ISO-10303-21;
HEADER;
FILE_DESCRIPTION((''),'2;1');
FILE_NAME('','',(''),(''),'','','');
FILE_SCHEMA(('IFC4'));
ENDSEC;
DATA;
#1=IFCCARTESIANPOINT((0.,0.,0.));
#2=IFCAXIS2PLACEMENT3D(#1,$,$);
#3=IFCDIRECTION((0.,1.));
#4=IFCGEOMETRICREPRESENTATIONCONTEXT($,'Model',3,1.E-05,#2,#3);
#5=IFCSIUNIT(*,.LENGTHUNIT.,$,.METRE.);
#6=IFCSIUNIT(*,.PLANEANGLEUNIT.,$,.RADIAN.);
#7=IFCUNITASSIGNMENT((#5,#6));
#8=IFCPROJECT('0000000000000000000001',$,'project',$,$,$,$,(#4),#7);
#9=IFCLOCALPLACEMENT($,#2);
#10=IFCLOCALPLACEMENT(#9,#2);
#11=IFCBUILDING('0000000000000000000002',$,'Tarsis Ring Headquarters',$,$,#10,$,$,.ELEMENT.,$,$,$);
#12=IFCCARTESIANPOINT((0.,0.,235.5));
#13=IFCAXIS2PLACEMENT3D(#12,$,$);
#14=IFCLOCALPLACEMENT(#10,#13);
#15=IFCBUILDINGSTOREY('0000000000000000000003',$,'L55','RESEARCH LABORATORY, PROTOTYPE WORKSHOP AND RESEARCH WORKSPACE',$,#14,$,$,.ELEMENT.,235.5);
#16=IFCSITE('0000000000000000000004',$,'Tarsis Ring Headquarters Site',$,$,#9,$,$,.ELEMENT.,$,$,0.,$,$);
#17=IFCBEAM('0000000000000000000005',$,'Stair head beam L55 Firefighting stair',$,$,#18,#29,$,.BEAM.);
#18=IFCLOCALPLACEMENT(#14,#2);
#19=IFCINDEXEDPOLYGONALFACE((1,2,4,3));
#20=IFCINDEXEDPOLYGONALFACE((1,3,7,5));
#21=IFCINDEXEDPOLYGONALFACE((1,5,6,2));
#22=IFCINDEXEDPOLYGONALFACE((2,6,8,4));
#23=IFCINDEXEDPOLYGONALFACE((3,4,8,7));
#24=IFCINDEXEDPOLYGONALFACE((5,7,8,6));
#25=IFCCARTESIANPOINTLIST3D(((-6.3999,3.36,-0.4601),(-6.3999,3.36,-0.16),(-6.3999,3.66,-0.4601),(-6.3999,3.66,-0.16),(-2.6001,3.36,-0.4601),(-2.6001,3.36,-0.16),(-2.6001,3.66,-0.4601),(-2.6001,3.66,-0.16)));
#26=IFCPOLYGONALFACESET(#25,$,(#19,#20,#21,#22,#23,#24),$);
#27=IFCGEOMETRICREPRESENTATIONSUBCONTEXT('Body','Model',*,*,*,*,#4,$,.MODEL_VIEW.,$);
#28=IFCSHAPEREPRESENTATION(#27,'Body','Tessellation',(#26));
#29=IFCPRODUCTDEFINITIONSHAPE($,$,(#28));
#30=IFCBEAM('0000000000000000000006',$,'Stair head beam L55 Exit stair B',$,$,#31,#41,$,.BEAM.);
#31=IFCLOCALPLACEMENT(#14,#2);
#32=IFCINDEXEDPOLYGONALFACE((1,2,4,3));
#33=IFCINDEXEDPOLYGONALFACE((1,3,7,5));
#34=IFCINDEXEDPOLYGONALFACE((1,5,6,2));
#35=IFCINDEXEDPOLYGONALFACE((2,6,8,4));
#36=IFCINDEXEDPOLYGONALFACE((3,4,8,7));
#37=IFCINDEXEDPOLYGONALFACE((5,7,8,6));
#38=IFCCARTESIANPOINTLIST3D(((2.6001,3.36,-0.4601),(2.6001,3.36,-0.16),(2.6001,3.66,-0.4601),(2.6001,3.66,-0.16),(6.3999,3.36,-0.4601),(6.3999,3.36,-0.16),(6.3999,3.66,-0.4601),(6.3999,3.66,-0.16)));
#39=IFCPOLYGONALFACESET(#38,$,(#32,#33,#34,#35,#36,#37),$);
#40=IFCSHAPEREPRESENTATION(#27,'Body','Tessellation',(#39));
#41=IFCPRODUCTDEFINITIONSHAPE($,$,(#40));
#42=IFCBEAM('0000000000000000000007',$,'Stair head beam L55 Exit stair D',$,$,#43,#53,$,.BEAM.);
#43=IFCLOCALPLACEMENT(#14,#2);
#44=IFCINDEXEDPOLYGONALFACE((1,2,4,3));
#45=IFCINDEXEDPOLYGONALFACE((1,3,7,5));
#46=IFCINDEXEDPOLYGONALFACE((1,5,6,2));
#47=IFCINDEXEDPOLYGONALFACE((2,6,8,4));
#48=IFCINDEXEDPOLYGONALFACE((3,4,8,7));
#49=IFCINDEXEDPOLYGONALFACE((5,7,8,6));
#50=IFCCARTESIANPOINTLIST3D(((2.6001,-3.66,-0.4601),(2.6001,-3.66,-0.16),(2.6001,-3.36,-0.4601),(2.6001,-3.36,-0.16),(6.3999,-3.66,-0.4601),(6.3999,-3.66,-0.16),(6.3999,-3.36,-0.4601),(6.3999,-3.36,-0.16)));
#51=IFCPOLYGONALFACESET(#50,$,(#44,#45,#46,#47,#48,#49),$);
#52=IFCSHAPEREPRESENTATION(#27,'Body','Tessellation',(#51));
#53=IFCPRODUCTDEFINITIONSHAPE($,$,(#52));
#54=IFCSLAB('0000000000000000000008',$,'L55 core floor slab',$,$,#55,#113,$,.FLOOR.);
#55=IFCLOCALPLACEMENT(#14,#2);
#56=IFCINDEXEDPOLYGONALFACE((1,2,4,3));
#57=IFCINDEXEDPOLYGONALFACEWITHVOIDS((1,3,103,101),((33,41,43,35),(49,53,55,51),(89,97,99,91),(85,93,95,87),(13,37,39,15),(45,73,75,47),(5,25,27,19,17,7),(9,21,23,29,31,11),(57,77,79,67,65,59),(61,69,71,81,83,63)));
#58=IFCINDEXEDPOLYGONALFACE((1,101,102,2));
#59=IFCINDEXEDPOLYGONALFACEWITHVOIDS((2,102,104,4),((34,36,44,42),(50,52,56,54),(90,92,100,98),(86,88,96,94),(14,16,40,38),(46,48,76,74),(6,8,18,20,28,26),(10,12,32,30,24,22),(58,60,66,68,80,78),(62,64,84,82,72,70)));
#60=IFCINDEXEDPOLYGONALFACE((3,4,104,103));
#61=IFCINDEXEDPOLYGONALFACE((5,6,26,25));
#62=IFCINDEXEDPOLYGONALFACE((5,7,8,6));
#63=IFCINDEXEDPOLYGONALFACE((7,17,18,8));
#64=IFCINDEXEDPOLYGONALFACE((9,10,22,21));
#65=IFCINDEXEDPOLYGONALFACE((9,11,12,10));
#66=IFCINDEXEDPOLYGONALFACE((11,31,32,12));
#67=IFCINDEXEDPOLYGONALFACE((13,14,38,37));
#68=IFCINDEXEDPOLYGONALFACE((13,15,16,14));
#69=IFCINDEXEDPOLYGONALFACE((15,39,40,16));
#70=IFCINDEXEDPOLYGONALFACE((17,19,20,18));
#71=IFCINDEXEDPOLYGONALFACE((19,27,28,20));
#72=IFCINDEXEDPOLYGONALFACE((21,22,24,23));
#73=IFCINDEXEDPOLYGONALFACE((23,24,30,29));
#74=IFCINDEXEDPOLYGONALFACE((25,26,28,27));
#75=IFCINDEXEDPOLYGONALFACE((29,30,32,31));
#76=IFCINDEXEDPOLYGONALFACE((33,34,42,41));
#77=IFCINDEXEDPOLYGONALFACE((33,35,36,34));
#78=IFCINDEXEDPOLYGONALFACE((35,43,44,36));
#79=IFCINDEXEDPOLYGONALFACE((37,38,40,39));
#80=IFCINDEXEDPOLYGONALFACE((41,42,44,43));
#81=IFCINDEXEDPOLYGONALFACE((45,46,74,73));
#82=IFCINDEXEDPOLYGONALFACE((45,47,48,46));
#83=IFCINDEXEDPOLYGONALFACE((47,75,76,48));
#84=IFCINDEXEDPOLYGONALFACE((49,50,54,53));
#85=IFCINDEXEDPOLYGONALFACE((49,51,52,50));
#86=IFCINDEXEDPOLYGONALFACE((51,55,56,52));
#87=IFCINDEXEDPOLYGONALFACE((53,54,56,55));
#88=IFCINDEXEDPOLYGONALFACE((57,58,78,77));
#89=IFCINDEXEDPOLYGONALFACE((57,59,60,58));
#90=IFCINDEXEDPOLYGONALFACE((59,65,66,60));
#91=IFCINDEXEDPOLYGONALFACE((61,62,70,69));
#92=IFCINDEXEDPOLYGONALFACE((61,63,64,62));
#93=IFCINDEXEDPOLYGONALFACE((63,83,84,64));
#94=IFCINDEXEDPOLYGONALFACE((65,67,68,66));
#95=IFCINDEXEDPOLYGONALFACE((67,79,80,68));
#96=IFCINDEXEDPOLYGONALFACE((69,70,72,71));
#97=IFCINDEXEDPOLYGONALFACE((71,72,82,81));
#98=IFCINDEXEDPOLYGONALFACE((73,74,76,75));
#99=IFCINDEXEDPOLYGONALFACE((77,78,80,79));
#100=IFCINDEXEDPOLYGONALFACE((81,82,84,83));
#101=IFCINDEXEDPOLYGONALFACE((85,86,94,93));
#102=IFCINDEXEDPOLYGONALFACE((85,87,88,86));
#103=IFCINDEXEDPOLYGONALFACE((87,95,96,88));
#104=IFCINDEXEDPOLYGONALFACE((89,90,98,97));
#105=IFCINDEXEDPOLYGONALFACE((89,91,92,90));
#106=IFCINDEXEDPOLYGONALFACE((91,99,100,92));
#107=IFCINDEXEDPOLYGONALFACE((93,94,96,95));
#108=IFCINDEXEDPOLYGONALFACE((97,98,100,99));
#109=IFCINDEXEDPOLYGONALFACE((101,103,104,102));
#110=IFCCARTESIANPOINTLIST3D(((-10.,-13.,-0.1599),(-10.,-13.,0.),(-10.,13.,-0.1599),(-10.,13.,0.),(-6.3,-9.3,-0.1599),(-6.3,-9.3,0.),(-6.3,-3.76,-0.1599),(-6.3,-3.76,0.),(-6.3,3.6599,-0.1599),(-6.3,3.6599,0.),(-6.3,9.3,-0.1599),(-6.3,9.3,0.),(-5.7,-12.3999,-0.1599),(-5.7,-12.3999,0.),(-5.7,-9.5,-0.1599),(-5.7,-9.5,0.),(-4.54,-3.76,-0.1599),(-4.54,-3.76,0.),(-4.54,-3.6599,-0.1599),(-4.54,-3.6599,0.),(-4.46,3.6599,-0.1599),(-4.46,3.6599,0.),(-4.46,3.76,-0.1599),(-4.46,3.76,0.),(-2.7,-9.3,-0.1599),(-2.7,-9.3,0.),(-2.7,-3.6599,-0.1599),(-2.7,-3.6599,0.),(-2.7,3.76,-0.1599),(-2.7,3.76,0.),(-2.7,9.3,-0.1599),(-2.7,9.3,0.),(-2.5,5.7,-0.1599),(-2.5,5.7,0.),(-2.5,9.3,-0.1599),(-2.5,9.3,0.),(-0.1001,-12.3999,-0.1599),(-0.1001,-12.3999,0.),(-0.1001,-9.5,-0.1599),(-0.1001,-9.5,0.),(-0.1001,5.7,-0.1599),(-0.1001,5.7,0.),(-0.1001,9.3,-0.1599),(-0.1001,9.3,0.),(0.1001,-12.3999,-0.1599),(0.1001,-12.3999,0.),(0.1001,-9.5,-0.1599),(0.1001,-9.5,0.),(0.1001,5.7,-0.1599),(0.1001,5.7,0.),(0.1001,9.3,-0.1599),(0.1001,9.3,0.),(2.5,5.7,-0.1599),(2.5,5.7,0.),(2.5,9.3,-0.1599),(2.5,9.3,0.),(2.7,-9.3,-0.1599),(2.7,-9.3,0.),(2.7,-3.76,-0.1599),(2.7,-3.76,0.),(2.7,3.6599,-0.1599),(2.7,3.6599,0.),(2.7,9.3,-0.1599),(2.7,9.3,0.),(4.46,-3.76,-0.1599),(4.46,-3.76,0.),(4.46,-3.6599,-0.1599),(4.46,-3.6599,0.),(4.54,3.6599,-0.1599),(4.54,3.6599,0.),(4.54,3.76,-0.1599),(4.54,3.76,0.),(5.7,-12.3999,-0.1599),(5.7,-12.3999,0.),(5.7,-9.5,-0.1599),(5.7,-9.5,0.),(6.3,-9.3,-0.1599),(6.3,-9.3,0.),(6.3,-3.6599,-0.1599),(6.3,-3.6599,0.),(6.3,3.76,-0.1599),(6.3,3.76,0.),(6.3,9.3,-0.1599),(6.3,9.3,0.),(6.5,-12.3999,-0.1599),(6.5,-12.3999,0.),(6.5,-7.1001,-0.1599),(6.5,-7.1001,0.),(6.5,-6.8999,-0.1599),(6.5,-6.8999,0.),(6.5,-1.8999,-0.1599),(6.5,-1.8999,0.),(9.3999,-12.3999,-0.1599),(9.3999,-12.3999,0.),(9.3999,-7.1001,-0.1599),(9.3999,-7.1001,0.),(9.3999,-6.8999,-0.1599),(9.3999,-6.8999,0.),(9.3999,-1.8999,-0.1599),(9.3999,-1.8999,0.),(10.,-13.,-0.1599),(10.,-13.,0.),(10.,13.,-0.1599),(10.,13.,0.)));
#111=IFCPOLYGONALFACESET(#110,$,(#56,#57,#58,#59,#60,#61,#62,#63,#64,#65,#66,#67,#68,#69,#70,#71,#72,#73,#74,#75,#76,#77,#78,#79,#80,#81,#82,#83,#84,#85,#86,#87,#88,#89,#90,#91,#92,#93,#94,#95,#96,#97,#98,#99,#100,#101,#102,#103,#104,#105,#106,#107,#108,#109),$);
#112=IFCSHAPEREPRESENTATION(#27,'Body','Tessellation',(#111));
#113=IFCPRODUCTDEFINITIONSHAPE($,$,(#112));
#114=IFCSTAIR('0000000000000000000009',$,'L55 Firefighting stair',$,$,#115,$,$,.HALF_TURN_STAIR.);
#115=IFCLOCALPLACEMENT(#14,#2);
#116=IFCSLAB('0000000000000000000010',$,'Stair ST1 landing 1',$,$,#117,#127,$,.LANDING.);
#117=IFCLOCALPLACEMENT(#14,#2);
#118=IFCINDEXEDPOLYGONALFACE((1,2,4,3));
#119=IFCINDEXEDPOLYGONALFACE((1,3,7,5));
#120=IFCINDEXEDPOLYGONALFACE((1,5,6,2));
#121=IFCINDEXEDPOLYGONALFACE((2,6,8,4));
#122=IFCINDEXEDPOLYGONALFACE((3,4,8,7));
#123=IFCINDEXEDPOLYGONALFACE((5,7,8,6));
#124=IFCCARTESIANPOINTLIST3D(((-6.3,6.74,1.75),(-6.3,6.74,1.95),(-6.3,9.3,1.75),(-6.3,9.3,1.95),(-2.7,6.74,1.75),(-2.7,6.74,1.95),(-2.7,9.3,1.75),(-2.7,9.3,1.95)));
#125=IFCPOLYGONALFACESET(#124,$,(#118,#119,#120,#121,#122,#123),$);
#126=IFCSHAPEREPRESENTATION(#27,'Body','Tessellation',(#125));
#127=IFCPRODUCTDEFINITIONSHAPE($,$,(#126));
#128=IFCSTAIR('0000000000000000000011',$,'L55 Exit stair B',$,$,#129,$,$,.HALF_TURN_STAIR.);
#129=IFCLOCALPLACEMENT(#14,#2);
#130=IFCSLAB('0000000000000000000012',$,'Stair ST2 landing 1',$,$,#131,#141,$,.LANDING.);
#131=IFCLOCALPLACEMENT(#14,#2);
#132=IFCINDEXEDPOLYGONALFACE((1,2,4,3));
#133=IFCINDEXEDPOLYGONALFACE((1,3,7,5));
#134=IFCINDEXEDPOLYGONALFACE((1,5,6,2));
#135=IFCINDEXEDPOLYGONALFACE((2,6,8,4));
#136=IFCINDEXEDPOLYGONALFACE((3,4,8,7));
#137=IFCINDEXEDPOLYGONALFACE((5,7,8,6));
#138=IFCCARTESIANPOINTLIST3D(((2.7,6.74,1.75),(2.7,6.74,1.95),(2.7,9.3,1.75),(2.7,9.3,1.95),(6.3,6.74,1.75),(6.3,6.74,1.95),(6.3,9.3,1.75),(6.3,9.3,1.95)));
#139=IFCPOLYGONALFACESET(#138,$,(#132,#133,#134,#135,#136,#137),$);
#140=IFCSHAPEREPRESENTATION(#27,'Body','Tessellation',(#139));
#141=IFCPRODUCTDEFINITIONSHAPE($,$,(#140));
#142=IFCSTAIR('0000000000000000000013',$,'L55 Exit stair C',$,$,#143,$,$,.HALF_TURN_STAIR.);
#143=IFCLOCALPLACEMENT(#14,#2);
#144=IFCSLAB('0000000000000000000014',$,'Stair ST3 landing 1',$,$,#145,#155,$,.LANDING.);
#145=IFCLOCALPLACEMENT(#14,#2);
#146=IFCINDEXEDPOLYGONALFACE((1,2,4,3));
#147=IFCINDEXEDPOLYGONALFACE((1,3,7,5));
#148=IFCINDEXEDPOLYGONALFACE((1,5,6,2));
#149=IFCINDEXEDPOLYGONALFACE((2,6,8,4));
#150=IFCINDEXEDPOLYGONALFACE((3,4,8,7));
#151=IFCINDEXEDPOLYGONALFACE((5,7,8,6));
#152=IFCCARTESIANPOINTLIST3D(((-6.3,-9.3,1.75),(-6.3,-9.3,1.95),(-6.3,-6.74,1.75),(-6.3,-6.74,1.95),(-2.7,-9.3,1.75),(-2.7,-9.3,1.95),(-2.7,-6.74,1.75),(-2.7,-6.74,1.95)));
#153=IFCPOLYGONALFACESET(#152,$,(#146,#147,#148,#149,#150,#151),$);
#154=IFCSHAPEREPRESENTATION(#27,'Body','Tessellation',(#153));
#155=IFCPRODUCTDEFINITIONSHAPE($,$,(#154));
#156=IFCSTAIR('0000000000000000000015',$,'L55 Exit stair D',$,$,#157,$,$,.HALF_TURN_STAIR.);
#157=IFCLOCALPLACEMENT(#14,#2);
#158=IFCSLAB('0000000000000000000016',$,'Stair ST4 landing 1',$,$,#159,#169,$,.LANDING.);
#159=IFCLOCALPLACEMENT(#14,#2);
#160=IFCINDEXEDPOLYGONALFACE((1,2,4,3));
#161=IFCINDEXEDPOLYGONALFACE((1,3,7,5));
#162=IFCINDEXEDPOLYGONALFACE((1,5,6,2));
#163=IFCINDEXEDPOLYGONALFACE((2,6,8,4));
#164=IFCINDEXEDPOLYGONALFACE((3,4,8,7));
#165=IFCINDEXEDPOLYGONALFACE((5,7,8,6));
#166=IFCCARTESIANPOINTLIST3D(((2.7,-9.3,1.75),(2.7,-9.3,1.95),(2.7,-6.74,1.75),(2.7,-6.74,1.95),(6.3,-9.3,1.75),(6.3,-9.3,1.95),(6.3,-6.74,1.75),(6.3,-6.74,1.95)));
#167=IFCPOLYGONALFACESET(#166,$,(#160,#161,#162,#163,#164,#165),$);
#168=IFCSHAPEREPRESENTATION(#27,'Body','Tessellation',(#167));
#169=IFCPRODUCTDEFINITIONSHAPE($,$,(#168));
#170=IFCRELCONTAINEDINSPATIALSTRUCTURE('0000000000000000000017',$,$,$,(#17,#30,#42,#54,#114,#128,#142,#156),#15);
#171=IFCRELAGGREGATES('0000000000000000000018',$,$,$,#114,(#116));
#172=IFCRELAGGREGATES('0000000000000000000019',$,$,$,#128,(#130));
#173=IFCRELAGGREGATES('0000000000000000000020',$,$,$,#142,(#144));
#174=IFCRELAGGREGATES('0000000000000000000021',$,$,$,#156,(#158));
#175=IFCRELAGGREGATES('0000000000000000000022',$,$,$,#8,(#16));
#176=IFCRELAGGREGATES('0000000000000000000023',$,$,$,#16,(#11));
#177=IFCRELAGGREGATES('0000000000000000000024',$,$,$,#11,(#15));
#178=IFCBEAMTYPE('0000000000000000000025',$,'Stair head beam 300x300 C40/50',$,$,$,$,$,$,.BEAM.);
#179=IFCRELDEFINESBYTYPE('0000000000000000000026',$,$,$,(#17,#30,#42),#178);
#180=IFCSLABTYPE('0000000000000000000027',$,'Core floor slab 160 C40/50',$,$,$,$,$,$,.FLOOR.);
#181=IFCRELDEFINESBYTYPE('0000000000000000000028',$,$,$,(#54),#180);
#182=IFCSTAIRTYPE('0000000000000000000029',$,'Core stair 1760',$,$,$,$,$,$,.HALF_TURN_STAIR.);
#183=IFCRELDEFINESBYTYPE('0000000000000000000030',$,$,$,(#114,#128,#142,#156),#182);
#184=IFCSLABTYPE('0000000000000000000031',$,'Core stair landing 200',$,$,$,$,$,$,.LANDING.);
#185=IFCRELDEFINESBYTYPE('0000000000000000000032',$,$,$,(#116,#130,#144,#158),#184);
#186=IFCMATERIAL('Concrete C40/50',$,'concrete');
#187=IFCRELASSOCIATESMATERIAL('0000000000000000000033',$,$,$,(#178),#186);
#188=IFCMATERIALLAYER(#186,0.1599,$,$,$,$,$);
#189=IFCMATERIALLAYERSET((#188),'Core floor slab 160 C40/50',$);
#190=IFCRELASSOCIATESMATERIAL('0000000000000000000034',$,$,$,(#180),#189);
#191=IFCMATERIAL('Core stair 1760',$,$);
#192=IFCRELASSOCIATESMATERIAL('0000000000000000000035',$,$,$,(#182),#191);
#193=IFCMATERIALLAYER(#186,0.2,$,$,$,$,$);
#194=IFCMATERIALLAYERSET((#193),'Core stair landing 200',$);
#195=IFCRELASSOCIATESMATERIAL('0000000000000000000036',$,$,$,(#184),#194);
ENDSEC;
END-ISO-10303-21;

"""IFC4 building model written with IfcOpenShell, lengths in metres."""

from ifc_helpers import new_model, si_unit, direction, frame, origin, origin_2d, place, context, subcontext, project, spatial, polyline, rectangle, outline, extrude, material, layer, layer_set, material_profile, profile_set, type_object, element, aggregate, save


model = new_model("IFC4")

# Units and contexts
model_context = context("Model", 3, precision=1e-05, world=origin(), true_north=direction((0.0, 1.0)))
body_context = subcontext(model_context, "Body", "Model", "MODEL_VIEW")
ifc_project = project(units=[si_unit("LENGTHUNIT", "METRE"), si_unit("PLANEANGLEUNIT", "RADIAN")], contexts=[model_context])

# Site, building, storey
site_placement = place(None, origin())
site = spatial("IfcSite", under=ifc_project, at=site_placement, Name="Tarsis Ring Headquarters Site", CompositionType="ELEMENT", RefElevation=0.0)
building_placement = place(site_placement, origin())
building = spatial("IfcBuilding", under=site, at=building_placement, Name="Tarsis Ring Headquarters", CompositionType="ELEMENT")
storey_placement = place(building_placement, frame((0.0, 0.0, 235.5)))
storey = spatial("IfcBuildingStorey", under=building, at=storey_placement, Name="L55", Description="RESEARCH LABORATORY, PROTOTYPE WORKSHOP AND RESEARCH WORKSPACE", CompositionType="ELEMENT", Elevation=235.5)

# Beams
ifc_material_1 = material(Name="Concrete C40/50", Category="concrete")
ifc_material_profile = material_profile(ifc_material_1, rectangle(XDim=0.3, YDim=0.3, at=origin_2d()), Name="Stair head beam 300x300 C40/50")
ifc_profile_set = profile_set([ifc_material_profile], Name="Concrete C40/50")
beam_type = type_object("IfcBeamType", Name="Stair head beam 300x300 C40/50", PredefinedType="BEAM", material=ifc_profile_set)
for number, where, z_axis, x_axis, name in (
    (1, (-6.3999, 3.51, -0.3101), (1.0, 0.0, 0.0), (0.0, 1.0, 0.0), "Stair head beam L55 Firefighting stair"),
    (2, (2.6001, 3.51, -0.3101), (1.0, 0.0, 0.0), (0.0, 1.0, 0.0), "Stair head beam L55 Exit stair B"),
    (3, (2.6001, -3.51, -0.3101), (1.0, 0.0, 0.0), (0.0, 1.0, 0.0), "Stair head beam L55 Exit stair D"),
):
    element("IfcBeam", number, at=place(storey_placement, frame(where, z_axis=z_axis, x_axis=x_axis)), inside=storey, type_object=beam_type, Name=name, PredefinedType="BEAM", context=body_context, shape_type="SweptSolid", body=[
        extrude(rectangle(XDim=0.3, YDim=0.3, at=origin_2d()), origin(), (0.0, 0.0, 1.0), 3.7998),
    ])

# Slab
ifc_layer_1 = layer(ifc_material_1, 0.1599)
ifc_layer_set_1 = layer_set([ifc_layer_1], Name="Core floor slab 160 C40/50")
slab_type_1 = type_object("IfcSlabType", Name="Core floor slab 160 C40/50", PredefinedType="FLOOR", material=ifc_layer_set_1)
slab_1_placement = place(storey_placement, frame((0.0, 0.0, -0.1599)))
element("IfcSlab", 4, at=slab_1_placement, inside=storey, type_object=slab_type_1, Name="L55 core floor slab", PredefinedType="FLOOR", context=body_context, shape_type="SweptSolid", body=[
    extrude(outline(polyline([(-10.0, -13.0), (10.0, -13.0), (10.0, 13.0), (-10.0, 13.0), (-10.0, -13.0)]), holes=[polyline([(-2.5, 5.7), (-0.1001, 5.7), (-0.1001, 9.3), (-2.5, 9.3), (-2.5, 5.7)]), polyline([(0.1001, 5.7), (2.5, 5.7), (2.5, 9.3), (0.1001, 9.3), (0.1001, 5.7)]), polyline([(6.5, -12.3999), (9.3999, -12.3999), (9.3999, -7.1001), (6.5, -7.1001), (6.5, -12.3999)]), polyline([(6.5, -6.8999), (9.3999, -6.8999), (9.3999, -1.8999), (6.5, -1.8999), (6.5, -6.8999)]), polyline([(-5.7, -12.3999), (-0.1001, -12.3999), (-0.1001, -9.5), (-5.7, -9.5), (-5.7, -12.3999)]), polyline([(0.1001, -12.3999), (5.7, -12.3999), (5.7, -9.5), (0.1001, -9.5), (0.1001, -12.3999)]), polyline([(-2.7, 3.76), (-2.7, 9.3), (-6.3, 9.3), (-6.3, 3.6599), (-4.46, 3.6599), (-4.46, 3.76), (-2.7, 3.76)]), polyline([(6.3, 3.76), (6.3, 9.3), (2.7, 9.3), (2.7, 3.6599), (4.54, 3.6599), (4.54, 3.76), (6.3, 3.76)]), polyline([(-6.3, -3.76), (-6.3, -9.3), (-2.7, -9.3), (-2.7, -3.6599), (-4.54, -3.6599), (-4.54, -3.76), (-6.3, -3.76)]), polyline([(2.7, -3.76), (2.7, -9.3), (6.3, -9.3), (6.3, -3.6599), (4.46, -3.6599), (4.46, -3.76), (2.7, -3.76)])]), origin(), (0.0, 0.0, 1.0), 0.1599),
])

# Stairs, slabs
ifc_material_2 = material(Name="Core stair 1760")
stair_type = type_object("IfcStairType", Name="Core stair 1760", PredefinedType="HALF_TURN_STAIR", material=ifc_material_2)
stair_1_placement = place(storey_placement, origin())
stair_1 = element("IfcStair", 5, at=stair_1_placement, inside=storey, type_object=stair_type, Name="L55 Firefighting stair", PredefinedType="HALF_TURN_STAIR")
ifc_layer_2 = layer(ifc_material_1, 0.2)
ifc_layer_set_2 = layer_set([ifc_layer_2], Name="Core stair landing 200")
slab_type_2 = type_object("IfcSlabType", Name="Core stair landing 200", PredefinedType="LANDING", material=ifc_layer_set_2)
slab_2_placement = place(storey_placement, frame((0.0, 0.0, 1.75)))
slab_2 = element("IfcSlab", 6, at=slab_2_placement, type_object=slab_type_2, Name="Stair ST1 landing 1", PredefinedType="LANDING", context=body_context, shape_type="SweptSolid", body=[
    extrude(outline(polyline([(-2.7, 6.74), (-2.7, 9.3), (-6.3, 9.3), (-6.3, 6.74), (-2.7, 6.74)])), origin(), (0.0, 0.0, 1.0), 0.2),
])
aggregate(stair_1, [slab_2])
stair_2_placement = place(storey_placement, origin())
stair_2 = element("IfcStair", 7, at=stair_2_placement, inside=storey, type_object=stair_type, Name="L55 Exit stair B", PredefinedType="HALF_TURN_STAIR")
slab_3_placement = place(storey_placement, frame((0.0, 0.0, 1.75)))
slab_3 = element("IfcSlab", 8, at=slab_3_placement, type_object=slab_type_2, Name="Stair ST2 landing 1", PredefinedType="LANDING", context=body_context, shape_type="SweptSolid", body=[
    extrude(outline(polyline([(6.3, 6.74), (6.3, 9.3), (2.7, 9.3), (2.7, 6.74), (6.3, 6.74)])), origin(), (0.0, 0.0, 1.0), 0.2),
])
aggregate(stair_2, [slab_3])
stair_3_placement = place(storey_placement, origin())
stair_3 = element("IfcStair", 9, at=stair_3_placement, inside=storey, type_object=stair_type, Name="L55 Exit stair C", PredefinedType="HALF_TURN_STAIR")
slab_4_placement = place(storey_placement, frame((0.0, 0.0, 1.75)))
slab_4 = element("IfcSlab", 10, at=slab_4_placement, type_object=slab_type_2, Name="Stair ST3 landing 1", PredefinedType="LANDING", context=body_context, shape_type="SweptSolid", body=[
    extrude(outline(polyline([(-6.3, -6.74), (-6.3, -9.3), (-2.7, -9.3), (-2.7, -6.74), (-6.3, -6.74)])), origin(), (0.0, 0.0, 1.0), 0.2),
])
aggregate(stair_3, [slab_4])
stair_4_placement = place(storey_placement, origin())
stair_4 = element("IfcStair", 11, at=stair_4_placement, inside=storey, type_object=stair_type, Name="L55 Exit stair D", PredefinedType="HALF_TURN_STAIR")
slab_5_placement = place(storey_placement, frame((0.0, 0.0, 1.75)))
slab_5 = element("IfcSlab", 12, at=slab_5_placement, type_object=slab_type_2, Name="Stair ST4 landing 1", PredefinedType="LANDING", context=body_context, shape_type="SweptSolid", body=[
    extrude(outline(polyline([(2.7, -6.74), (2.7, -9.3), (6.3, -9.3), (6.3, -6.74), (2.7, -6.74)])), origin(), (0.0, 0.0, 1.0), 0.2),
])
aggregate(stair_4, [slab_5])

save(model, "model.ifc")
